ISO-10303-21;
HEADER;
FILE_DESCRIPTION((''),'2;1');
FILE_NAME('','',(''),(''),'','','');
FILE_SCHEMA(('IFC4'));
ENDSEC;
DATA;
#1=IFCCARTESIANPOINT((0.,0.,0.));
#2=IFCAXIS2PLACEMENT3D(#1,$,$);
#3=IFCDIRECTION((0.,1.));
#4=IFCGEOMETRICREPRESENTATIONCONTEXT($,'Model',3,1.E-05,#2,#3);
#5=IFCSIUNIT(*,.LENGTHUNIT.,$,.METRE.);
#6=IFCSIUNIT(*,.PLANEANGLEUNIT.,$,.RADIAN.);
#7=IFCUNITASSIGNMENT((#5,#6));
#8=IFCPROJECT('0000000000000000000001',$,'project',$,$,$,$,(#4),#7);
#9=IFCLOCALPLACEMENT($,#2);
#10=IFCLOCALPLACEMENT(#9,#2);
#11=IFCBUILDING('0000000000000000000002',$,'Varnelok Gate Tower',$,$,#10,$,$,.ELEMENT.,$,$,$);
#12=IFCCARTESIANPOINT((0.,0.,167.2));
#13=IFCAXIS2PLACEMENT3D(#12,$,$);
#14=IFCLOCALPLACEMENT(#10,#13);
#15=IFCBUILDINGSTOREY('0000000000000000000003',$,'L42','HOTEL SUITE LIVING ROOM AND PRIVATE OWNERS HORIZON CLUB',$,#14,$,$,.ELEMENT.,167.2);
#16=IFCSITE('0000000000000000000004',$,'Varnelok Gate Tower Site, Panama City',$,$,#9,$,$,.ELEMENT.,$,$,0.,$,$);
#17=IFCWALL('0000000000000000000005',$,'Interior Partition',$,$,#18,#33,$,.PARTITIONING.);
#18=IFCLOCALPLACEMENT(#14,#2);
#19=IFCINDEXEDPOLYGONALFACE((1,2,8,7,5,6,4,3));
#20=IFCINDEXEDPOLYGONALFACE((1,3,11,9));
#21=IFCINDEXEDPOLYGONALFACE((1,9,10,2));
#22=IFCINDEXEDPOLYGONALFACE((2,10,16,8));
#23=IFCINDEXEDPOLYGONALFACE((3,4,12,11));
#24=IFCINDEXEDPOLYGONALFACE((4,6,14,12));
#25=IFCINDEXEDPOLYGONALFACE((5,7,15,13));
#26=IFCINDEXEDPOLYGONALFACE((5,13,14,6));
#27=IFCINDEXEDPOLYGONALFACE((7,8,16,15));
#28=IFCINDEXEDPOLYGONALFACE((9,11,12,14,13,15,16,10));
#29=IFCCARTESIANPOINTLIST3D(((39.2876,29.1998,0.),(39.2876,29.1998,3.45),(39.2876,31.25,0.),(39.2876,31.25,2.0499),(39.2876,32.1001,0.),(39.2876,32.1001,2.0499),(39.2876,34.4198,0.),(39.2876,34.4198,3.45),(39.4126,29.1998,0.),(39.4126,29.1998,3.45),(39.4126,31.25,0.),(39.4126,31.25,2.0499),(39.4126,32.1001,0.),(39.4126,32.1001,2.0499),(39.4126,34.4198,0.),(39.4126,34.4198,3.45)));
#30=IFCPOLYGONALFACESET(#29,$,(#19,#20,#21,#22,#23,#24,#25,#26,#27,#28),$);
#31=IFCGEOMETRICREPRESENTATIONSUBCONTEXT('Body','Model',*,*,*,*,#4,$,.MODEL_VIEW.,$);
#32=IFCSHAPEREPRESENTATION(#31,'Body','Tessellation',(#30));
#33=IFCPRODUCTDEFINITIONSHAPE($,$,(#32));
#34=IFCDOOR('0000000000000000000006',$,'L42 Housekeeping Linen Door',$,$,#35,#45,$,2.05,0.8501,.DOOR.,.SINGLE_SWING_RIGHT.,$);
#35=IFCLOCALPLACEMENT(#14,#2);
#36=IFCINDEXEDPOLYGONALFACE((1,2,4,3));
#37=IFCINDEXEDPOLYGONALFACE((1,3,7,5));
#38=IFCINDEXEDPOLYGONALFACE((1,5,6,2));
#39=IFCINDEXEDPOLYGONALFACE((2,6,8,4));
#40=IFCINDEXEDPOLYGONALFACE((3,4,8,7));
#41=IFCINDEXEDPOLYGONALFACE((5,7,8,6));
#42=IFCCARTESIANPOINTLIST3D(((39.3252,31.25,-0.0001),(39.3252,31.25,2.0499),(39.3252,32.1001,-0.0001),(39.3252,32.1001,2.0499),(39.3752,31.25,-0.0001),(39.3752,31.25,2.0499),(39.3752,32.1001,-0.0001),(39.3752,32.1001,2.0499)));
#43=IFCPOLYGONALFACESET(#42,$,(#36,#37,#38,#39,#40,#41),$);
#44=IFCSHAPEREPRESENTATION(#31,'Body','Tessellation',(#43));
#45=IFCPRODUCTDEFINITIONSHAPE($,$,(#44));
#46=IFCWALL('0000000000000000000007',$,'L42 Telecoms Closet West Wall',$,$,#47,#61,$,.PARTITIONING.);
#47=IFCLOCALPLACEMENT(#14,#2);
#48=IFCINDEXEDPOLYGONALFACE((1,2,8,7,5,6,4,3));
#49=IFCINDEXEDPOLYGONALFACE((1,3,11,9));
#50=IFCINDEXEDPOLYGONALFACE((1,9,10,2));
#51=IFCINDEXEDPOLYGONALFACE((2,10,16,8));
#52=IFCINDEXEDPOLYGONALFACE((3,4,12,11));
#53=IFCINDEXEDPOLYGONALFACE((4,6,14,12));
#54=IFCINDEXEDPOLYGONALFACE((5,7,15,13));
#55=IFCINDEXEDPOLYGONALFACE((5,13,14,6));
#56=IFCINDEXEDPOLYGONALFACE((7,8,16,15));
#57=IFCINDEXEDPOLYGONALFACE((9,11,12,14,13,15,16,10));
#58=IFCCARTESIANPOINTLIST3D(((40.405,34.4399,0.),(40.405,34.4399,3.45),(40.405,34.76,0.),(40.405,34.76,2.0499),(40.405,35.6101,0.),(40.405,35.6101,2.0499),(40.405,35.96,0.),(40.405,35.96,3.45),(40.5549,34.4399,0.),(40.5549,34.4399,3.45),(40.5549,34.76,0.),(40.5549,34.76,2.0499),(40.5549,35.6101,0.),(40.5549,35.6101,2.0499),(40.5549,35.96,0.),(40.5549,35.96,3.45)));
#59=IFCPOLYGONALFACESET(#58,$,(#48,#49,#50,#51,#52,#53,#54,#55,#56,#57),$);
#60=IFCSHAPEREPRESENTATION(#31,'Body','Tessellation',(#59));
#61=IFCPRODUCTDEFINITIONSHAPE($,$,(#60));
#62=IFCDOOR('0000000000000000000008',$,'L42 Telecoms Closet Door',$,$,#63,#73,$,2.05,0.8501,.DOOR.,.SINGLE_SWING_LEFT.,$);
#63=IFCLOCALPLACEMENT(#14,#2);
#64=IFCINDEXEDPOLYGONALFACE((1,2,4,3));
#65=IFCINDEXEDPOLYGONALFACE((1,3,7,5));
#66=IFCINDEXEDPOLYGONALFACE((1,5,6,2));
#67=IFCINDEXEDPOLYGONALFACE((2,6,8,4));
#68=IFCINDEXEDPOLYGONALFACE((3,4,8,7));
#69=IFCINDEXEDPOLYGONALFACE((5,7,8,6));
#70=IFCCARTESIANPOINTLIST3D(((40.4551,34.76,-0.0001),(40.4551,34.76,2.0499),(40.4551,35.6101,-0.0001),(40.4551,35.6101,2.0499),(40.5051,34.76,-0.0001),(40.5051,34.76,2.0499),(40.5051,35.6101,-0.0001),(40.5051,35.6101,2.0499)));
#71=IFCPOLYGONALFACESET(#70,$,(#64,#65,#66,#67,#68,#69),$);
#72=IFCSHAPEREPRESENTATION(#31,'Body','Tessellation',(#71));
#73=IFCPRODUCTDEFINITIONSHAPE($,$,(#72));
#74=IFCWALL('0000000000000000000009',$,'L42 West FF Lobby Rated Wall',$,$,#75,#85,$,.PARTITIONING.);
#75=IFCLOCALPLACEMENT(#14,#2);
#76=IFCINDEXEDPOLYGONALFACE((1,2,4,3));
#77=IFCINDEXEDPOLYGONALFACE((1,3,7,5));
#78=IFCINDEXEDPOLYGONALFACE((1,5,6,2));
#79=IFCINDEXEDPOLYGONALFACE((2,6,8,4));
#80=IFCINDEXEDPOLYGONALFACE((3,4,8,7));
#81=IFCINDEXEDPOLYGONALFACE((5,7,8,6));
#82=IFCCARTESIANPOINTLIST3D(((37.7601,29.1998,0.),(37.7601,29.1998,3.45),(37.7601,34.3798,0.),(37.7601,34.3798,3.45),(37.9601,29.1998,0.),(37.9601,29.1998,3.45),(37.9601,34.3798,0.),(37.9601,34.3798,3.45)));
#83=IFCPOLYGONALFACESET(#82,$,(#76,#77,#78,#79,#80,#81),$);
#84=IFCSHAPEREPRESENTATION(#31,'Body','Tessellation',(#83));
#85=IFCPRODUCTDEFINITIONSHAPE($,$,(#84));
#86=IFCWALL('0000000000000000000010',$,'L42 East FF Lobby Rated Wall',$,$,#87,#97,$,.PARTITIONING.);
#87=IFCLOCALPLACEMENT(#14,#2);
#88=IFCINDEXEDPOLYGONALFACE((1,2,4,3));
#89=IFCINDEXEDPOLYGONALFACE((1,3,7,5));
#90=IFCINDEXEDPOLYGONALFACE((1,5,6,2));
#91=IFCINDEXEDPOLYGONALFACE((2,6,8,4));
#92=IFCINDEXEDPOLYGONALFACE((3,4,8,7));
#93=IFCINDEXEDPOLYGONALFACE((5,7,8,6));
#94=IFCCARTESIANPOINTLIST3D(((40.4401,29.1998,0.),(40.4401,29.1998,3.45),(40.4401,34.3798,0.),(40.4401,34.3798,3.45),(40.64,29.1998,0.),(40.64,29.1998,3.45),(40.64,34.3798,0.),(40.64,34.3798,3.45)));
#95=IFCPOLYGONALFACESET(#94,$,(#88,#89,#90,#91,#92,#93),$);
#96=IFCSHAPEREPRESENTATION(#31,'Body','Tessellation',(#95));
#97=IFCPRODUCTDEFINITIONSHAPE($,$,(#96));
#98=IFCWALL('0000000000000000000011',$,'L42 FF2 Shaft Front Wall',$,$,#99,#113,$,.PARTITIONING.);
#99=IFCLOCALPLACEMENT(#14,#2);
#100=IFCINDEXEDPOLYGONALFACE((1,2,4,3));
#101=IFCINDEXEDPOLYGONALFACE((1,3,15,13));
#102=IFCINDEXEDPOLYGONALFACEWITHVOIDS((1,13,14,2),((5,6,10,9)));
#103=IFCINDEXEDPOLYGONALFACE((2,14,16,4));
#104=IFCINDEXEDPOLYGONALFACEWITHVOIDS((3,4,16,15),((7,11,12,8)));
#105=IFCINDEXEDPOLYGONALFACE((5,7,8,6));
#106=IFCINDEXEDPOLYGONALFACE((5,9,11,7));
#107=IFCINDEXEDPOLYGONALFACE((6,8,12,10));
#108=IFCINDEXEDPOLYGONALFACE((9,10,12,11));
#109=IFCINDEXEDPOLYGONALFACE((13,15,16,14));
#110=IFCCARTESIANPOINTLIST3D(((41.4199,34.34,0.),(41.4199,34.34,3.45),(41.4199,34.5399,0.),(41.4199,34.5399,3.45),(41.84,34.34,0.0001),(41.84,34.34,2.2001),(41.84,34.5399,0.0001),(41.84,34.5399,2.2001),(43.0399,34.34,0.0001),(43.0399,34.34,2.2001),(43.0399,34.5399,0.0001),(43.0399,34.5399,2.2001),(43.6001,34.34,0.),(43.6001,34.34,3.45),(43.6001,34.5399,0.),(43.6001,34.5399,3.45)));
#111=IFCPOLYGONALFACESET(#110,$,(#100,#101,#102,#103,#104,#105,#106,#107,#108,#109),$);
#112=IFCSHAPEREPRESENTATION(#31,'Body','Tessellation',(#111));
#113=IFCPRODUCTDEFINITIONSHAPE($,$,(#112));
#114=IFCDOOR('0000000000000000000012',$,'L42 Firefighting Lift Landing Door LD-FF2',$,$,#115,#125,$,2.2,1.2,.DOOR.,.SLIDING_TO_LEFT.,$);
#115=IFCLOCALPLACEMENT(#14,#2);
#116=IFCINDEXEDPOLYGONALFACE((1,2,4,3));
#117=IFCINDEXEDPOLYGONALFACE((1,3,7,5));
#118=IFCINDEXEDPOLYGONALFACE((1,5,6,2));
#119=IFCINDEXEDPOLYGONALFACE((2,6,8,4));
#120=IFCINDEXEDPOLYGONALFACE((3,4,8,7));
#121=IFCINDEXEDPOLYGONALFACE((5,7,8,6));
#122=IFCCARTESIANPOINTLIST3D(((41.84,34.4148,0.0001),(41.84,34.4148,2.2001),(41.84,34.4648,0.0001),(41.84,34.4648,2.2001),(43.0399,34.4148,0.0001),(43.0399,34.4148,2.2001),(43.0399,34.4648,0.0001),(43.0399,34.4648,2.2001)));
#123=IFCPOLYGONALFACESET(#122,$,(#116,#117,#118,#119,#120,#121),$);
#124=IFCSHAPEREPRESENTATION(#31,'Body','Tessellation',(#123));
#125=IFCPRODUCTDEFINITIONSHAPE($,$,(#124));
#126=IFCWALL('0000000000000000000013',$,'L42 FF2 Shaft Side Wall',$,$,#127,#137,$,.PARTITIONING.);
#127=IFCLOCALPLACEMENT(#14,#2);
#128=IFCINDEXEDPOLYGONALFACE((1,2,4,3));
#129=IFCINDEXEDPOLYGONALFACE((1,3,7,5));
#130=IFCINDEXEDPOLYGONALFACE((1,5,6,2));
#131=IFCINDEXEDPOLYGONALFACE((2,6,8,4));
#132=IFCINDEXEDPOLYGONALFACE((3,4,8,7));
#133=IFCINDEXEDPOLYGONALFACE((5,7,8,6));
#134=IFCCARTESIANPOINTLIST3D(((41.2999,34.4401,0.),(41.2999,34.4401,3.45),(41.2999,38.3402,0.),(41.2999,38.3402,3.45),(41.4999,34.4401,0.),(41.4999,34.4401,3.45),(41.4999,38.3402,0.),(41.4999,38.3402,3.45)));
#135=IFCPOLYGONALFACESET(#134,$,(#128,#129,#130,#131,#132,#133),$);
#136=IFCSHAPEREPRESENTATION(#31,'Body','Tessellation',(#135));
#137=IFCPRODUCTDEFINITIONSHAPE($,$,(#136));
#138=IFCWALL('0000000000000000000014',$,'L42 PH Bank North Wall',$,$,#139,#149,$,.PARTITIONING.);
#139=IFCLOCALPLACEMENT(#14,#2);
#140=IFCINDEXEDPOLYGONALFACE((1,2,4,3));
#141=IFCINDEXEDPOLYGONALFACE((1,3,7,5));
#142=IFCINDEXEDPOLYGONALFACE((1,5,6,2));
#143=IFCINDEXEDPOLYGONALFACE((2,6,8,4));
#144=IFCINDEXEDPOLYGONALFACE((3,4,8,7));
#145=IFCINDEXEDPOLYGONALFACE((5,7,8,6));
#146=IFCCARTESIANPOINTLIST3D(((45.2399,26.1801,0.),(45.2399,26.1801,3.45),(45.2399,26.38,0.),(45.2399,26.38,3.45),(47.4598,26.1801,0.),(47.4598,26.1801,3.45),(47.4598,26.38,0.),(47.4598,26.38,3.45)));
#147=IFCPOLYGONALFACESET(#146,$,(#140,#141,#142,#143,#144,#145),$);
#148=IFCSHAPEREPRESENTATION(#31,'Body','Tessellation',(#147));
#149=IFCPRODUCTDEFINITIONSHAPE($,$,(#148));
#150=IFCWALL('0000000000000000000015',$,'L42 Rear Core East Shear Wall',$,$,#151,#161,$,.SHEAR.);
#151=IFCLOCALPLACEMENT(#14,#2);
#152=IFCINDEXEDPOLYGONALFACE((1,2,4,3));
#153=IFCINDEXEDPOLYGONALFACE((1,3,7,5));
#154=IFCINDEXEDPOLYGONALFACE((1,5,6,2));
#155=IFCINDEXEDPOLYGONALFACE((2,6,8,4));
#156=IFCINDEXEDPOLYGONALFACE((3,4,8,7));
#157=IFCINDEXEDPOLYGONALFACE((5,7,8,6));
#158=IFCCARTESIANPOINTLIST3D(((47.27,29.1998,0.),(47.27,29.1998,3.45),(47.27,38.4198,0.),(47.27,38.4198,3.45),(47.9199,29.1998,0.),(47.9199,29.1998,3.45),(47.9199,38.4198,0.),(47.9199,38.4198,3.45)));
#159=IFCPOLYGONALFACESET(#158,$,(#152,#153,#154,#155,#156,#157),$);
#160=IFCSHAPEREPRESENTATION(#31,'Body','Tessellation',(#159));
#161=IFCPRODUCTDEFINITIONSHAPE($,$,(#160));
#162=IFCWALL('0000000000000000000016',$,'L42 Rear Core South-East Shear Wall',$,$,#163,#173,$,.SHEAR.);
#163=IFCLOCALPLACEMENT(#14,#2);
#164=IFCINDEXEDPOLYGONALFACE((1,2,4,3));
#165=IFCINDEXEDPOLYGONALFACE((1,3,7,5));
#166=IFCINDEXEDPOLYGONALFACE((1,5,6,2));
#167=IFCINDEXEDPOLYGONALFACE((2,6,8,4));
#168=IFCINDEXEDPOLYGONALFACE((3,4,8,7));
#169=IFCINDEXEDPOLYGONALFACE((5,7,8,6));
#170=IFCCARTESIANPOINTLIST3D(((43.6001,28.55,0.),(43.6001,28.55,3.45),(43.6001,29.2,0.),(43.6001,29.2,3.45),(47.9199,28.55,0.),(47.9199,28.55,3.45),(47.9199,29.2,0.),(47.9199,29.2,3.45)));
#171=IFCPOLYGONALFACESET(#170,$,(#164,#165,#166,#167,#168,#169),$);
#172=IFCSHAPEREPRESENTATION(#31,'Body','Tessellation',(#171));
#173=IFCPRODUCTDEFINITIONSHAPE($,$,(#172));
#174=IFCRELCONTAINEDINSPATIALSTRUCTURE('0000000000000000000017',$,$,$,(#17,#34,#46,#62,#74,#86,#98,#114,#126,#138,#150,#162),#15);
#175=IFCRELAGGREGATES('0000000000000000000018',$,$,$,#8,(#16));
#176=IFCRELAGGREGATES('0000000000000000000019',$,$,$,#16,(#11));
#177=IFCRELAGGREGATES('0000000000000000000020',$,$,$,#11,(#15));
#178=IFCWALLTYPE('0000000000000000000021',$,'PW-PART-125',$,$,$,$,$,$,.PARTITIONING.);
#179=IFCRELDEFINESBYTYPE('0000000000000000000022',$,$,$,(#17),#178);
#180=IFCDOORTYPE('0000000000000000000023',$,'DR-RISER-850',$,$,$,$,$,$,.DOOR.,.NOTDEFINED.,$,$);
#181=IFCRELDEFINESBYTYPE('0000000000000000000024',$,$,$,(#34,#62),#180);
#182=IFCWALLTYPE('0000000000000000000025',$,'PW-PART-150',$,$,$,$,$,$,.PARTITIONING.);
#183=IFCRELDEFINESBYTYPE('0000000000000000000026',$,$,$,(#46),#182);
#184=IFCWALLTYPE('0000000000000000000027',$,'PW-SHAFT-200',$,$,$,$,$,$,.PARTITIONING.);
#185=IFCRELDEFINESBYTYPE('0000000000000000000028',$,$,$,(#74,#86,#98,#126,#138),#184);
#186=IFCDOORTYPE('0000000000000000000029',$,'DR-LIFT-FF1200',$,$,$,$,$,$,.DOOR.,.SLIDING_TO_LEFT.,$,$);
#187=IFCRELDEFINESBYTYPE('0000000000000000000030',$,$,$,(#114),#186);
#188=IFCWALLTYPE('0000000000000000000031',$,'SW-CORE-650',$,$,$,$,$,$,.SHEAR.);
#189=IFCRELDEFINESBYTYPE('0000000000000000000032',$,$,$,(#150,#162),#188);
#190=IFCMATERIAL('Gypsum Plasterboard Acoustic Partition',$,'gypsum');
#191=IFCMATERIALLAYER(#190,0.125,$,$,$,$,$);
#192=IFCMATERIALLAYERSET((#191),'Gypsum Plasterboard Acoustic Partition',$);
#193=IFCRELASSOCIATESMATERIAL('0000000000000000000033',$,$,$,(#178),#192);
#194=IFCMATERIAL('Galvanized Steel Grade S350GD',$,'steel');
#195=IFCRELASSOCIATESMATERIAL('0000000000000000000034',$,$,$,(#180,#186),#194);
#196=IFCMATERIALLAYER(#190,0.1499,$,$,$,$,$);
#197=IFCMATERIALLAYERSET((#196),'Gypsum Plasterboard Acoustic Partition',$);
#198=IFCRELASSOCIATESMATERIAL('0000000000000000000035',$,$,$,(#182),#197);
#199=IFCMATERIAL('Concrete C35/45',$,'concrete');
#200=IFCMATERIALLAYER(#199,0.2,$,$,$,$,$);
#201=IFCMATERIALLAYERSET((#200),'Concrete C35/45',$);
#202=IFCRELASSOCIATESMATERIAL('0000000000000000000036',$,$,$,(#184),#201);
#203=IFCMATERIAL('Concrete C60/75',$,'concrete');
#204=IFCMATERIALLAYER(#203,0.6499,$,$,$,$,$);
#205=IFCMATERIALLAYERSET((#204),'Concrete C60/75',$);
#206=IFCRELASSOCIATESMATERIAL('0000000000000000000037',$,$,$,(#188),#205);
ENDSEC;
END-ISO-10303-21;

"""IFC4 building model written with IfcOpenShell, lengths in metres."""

from ifc_helpers import new_model, si_unit, direction, frame, frame_2d, origin, place, context, subcontext, project, spatial, rectangle, extrude, material, layer, layer_set, type_object, element, fill, save


model = new_model("IFC4")

# Units and contexts
model_context = context("Model", 3, precision=1e-05, world=origin(), true_north=direction((0.0, 1.0)))
body_context = subcontext(model_context, "Body", "Model", "MODEL_VIEW")
ifc_project = project(units=[si_unit("LENGTHUNIT", "METRE"), si_unit("PLANEANGLEUNIT", "RADIAN")], contexts=[model_context])

# Site, building, storey
site_placement = place(None, origin())
site = spatial("IfcSite", under=ifc_project, at=site_placement, Name="Varnelok Gate Tower Site, Panama City", CompositionType="ELEMENT", RefElevation=0.0)
building_placement = place(site_placement, origin())
building = spatial("IfcBuilding", under=site, at=building_placement, Name="Varnelok Gate Tower", CompositionType="ELEMENT")
storey_placement = place(building_placement, frame((0.0, 0.0, 167.2)))
storey = spatial("IfcBuildingStorey", under=building, at=storey_placement, Name="L42", Description="HOTEL SUITE LIVING ROOM AND PRIVATE OWNERS HORIZON CLUB", CompositionType="ELEMENT", Elevation=167.2)

# Shared definitions
ifc_material_1 = material(Name="Concrete C60/75", Category="concrete")

# Walls, openings, doors
ifc_material_2 = material(Name="Gypsum Plasterboard Acoustic Partition", Category="gypsum")
ifc_layer_1 = layer(ifc_material_2, 0.125)
ifc_layer_set_1 = layer_set([ifc_layer_1], Name="Gypsum Plasterboard Acoustic Partition")
wall_type_1 = type_object("IfcWallType", Name="PW-PART-125", PredefinedType="PARTITIONING", material=ifc_layer_set_1)
wall_1_placement = place(storey_placement, frame((39.3501, 29.2, 0.0), z_axis=(0.0, 0.0, 1.0), x_axis=(0.0, 1.0, 0.0)))
wall_1 = element("IfcWall", 1, at=wall_1_placement, inside=storey, type_object=wall_type_1, Name="Interior Partition", PredefinedType="PARTITIONING", context=body_context, shape_type="SweptSolid", body=[
    extrude(rectangle(XDim=5.22, YDim=0.125, at=frame_2d((2.6099, 0.0))), origin(), (0.0, 0.0, 1.0), 3.45),
])
opening_1_placement = place(wall_1_placement, frame((2.05, 0.0, 0.0)))
opening_1 = element("IfcOpeningElement", 2, at=opening_1_placement, cuts=wall_1, PredefinedType="OPENING", context=body_context, shape_type="SweptSolid", body=[
    extrude(rectangle(XDim=0.8501, YDim=2.05, at=frame_2d((0.425, 1.0249))), frame((0.0, 0.0725, 0.0), z_axis=(0.0, -1.0, 0.0), x_axis=(1.0, 0.0, 0.0)), (0.0, 0.0, 1.0), 0.145),
])
ifc_material_3 = material(Name="Galvanized Steel Grade S350GD", Category="steel")
door_type_1 = type_object("IfcDoorType", Name="DR-RISER-850", OperationType="NOTDEFINED", PredefinedType="DOOR", material=ifc_material_3)
door_1_placement = place(opening_1_placement, origin())
door_1 = element("IfcDoor", 3, at=door_1_placement, inside=storey, type_object=door_type_1, Name="L42 Housekeeping Linen Door", OperationType="SINGLE_SWING_RIGHT", OverallHeight=2.05, OverallWidth=0.8501, PredefinedType="DOOR", context=body_context, shape_type="SweptSolid", body=[
    extrude(rectangle(XDim=0.8501, YDim=2.05, at=frame_2d((0.425, 1.0249))), frame((0.0, 0.0249, 0.0), z_axis=(0.0, -1.0, 0.0), x_axis=(1.0, 0.0, 0.0)), (0.0, 0.0, 1.0), 0.05),
])
fill(opening_1, door_1)
ifc_layer_2 = layer(ifc_material_2, 0.1499)
ifc_layer_set_2 = layer_set([ifc_layer_2], Name="Gypsum Plasterboard Acoustic Partition")
wall_type_2 = type_object("IfcWallType", Name="PW-PART-150", PredefinedType="PARTITIONING", material=ifc_layer_set_2)
wall_2_placement = place(storey_placement, frame((40.48, 34.4399, 0.0), z_axis=(0.0, 0.0, 1.0), x_axis=(0.0, 1.0, 0.0)))
wall_2 = element("IfcWall", 4, at=wall_2_placement, inside=storey, type_object=wall_type_2, Name="L42 Telecoms Closet West Wall", PredefinedType="PARTITIONING", context=body_context, shape_type="SweptSolid", body=[
    extrude(rectangle(XDim=1.52, YDim=0.1499, at=frame_2d((0.76, 0.0))), origin(), (0.0, 0.0, 1.0), 3.45),
])
opening_2_placement = place(wall_2_placement, frame((0.3201, 0.0, 0.0)))
opening_2 = element("IfcOpeningElement", 5, at=opening_2_placement, cuts=wall_2, PredefinedType="OPENING", context=body_context, shape_type="SweptSolid", body=[
    extrude(rectangle(XDim=0.8501, YDim=2.05, at=frame_2d((0.425, 1.0249))), frame((0.0, 0.085, 0.0), z_axis=(0.0, -1.0, 0.0), x_axis=(1.0, 0.0, 0.0)), (0.0, 0.0, 1.0), 0.1699),
])
door_2_placement = place(opening_2_placement, origin())
door_2 = element("IfcDoor", 6, at=door_2_placement, inside=storey, type_object=door_type_1, Name="L42 Telecoms Closet Door", OperationType="SINGLE_SWING_LEFT", OverallHeight=2.05, OverallWidth=0.8501, PredefinedType="DOOR", context=body_context, shape_type="SweptSolid", body=[
    extrude(rectangle(XDim=0.8501, YDim=2.05, at=frame_2d((0.425, 1.0249))), frame((0.0, 0.0249, 0.0), z_axis=(0.0, -1.0, 0.0), x_axis=(1.0, 0.0, 0.0)), (0.0, 0.0, 1.0), 0.05),
])
fill(opening_2, door_2)

# Walls
ifc_material_4 = material(Name="Concrete C35/45", Category="concrete")
ifc_layer_3 = layer(ifc_material_4, 0.2)
ifc_layer_set_3 = layer_set([ifc_layer_3], Name="Concrete C35/45")
wall_type_3 = type_object("IfcWallType", Name="PW-SHAFT-200", PredefinedType="PARTITIONING", material=ifc_layer_set_3)
for number, where, z_axis, x_axis, name in (
    (7, (37.8601, 29.2, 0.0), (0.0, 0.0, 1.0), (0.0, 1.0, 0.0), "L42 West FF Lobby Rated Wall"),
    (8, (40.54, 29.2, 0.0), (0.0, 0.0, 1.0), (0.0, 1.0, 0.0), "L42 East FF Lobby Rated Wall"),
):
    element("IfcWall", number, at=place(storey_placement, frame(where, z_axis=z_axis, x_axis=x_axis)), inside=storey, type_object=wall_type_3, Name=name, PredefinedType="PARTITIONING", context=body_context, shape_type="SweptSolid", body=[
        extrude(rectangle(XDim=5.1799, YDim=0.2, at=frame_2d((2.5898, 0.0))), origin(), (0.0, 0.0, 1.0), 3.45),
    ])

# Wall, opening, door
wall_3_placement = place(storey_placement, frame((41.4199, 34.4399, 0.0), z_axis=(0.0, 0.0, 1.0), x_axis=(1.0, 0.0, 0.0)))
wall_3 = element("IfcWall", 9, at=wall_3_placement, inside=storey, type_object=wall_type_3, Name="L42 FF2 Shaft Front Wall", PredefinedType="PARTITIONING", context=body_context, shape_type="SweptSolid", body=[
    extrude(rectangle(XDim=2.1802, YDim=0.2, at=frame_2d((1.0901, 0.0))), origin(), (0.0, 0.0, 1.0), 3.45),
])
opening_3_placement = place(wall_3_placement, frame((0.4199, 0.0, 0.0)))
opening_3 = element("IfcOpeningElement", 10, at=opening_3_placement, cuts=wall_3, PredefinedType="OPENING", context=body_context, shape_type="SweptSolid", body=[
    extrude(rectangle(XDim=1.2, YDim=2.2, at=frame_2d((0.6001, 1.1001))), frame((0.0, 0.1099, 0.0), z_axis=(0.0, -1.0, 0.0), x_axis=(1.0, 0.0, 0.0)), (0.0, 0.0, 1.0), 0.22),
])
door_type_2 = type_object("IfcDoorType", Name="DR-LIFT-FF1200", OperationType="SLIDING_TO_LEFT", PredefinedType="DOOR", material=ifc_material_3)
door_3_placement = place(opening_3_placement, origin())
door_3 = element("IfcDoor", 11, at=door_3_placement, inside=storey, type_object=door_type_2, Name="L42 Firefighting Lift Landing Door LD-FF2", OperationType="SLIDING_TO_LEFT", OverallHeight=2.2, OverallWidth=1.2, PredefinedType="DOOR", context=body_context, shape_type="SweptSolid", body=[
    extrude(rectangle(XDim=1.2, YDim=2.2, at=frame_2d((0.6001, 1.1001))), frame((0.0, 0.0249, 0.0), z_axis=(0.0, -1.0, 0.0), x_axis=(1.0, 0.0, 0.0)), (0.0, 0.0, 1.0), 0.05),
])
fill(opening_3, door_3)

# Walls
wall_4_placement = place(storey_placement, frame((41.3999, 34.4399, 0.0), z_axis=(0.0, 0.0, 1.0), x_axis=(0.0, 1.0, 0.0)))
element("IfcWall", 12, at=wall_4_placement, inside=storey, type_object=wall_type_3, Name="L42 FF2 Shaft Side Wall", PredefinedType="PARTITIONING", context=body_context, shape_type="SweptSolid", body=[
    extrude(rectangle(XDim=3.9001, YDim=0.2, at=frame_2d((1.9502, 0.0))), origin(), (0.0, 0.0, 1.0), 3.45),
])
wall_5_placement = place(storey_placement, frame((45.24, 26.28, 0.0), z_axis=(0.0, 0.0, 1.0), x_axis=(1.0, 0.0, 0.0)))
element("IfcWall", 13, at=wall_5_placement, inside=storey, type_object=wall_type_3, Name="L42 PH Bank North Wall", PredefinedType="PARTITIONING", context=body_context, shape_type="SweptSolid", body=[
    extrude(rectangle(XDim=2.22, YDim=0.2, at=frame_2d((1.1099, 0.0))), origin(), (0.0, 0.0, 1.0), 3.45),
])
ifc_layer_4 = layer(ifc_material_1, 0.6499)
ifc_layer_set_4 = layer_set([ifc_layer_4], Name="Concrete C60/75")
wall_type_4 = type_object("IfcWallType", Name="SW-CORE-650", PredefinedType="SHEAR", material=ifc_layer_set_4)
wall_6_placement = place(storey_placement, frame((47.595, 29.2, 0.0), z_axis=(0.0, 0.0, 1.0), x_axis=(0.0, 1.0, 0.0)))
element("IfcWall", 14, at=wall_6_placement, inside=storey, type_object=wall_type_4, Name="L42 Rear Core East Shear Wall", PredefinedType="SHEAR", context=body_context, shape_type="SweptSolid", body=[
    extrude(rectangle(XDim=9.22, YDim=0.6499, at=frame_2d((4.6099, 0.0))), origin(), (0.0, 0.0, 1.0), 3.45),
])
wall_7_placement = place(storey_placement, frame((43.6001, 28.875, 0.0), z_axis=(0.0, 0.0, 1.0), x_axis=(1.0, 0.0, 0.0)))
element("IfcWall", 15, at=wall_7_placement, inside=storey, type_object=wall_type_4, Name="L42 Rear Core South-East Shear Wall", PredefinedType="SHEAR", context=body_context, shape_type="SweptSolid", body=[
    extrude(rectangle(XDim=4.3198, YDim=0.6499, at=frame_2d((2.1599, 0.0))), origin(), (0.0, 0.0, 1.0), 3.45),
])

save(model, "model.ifc")
